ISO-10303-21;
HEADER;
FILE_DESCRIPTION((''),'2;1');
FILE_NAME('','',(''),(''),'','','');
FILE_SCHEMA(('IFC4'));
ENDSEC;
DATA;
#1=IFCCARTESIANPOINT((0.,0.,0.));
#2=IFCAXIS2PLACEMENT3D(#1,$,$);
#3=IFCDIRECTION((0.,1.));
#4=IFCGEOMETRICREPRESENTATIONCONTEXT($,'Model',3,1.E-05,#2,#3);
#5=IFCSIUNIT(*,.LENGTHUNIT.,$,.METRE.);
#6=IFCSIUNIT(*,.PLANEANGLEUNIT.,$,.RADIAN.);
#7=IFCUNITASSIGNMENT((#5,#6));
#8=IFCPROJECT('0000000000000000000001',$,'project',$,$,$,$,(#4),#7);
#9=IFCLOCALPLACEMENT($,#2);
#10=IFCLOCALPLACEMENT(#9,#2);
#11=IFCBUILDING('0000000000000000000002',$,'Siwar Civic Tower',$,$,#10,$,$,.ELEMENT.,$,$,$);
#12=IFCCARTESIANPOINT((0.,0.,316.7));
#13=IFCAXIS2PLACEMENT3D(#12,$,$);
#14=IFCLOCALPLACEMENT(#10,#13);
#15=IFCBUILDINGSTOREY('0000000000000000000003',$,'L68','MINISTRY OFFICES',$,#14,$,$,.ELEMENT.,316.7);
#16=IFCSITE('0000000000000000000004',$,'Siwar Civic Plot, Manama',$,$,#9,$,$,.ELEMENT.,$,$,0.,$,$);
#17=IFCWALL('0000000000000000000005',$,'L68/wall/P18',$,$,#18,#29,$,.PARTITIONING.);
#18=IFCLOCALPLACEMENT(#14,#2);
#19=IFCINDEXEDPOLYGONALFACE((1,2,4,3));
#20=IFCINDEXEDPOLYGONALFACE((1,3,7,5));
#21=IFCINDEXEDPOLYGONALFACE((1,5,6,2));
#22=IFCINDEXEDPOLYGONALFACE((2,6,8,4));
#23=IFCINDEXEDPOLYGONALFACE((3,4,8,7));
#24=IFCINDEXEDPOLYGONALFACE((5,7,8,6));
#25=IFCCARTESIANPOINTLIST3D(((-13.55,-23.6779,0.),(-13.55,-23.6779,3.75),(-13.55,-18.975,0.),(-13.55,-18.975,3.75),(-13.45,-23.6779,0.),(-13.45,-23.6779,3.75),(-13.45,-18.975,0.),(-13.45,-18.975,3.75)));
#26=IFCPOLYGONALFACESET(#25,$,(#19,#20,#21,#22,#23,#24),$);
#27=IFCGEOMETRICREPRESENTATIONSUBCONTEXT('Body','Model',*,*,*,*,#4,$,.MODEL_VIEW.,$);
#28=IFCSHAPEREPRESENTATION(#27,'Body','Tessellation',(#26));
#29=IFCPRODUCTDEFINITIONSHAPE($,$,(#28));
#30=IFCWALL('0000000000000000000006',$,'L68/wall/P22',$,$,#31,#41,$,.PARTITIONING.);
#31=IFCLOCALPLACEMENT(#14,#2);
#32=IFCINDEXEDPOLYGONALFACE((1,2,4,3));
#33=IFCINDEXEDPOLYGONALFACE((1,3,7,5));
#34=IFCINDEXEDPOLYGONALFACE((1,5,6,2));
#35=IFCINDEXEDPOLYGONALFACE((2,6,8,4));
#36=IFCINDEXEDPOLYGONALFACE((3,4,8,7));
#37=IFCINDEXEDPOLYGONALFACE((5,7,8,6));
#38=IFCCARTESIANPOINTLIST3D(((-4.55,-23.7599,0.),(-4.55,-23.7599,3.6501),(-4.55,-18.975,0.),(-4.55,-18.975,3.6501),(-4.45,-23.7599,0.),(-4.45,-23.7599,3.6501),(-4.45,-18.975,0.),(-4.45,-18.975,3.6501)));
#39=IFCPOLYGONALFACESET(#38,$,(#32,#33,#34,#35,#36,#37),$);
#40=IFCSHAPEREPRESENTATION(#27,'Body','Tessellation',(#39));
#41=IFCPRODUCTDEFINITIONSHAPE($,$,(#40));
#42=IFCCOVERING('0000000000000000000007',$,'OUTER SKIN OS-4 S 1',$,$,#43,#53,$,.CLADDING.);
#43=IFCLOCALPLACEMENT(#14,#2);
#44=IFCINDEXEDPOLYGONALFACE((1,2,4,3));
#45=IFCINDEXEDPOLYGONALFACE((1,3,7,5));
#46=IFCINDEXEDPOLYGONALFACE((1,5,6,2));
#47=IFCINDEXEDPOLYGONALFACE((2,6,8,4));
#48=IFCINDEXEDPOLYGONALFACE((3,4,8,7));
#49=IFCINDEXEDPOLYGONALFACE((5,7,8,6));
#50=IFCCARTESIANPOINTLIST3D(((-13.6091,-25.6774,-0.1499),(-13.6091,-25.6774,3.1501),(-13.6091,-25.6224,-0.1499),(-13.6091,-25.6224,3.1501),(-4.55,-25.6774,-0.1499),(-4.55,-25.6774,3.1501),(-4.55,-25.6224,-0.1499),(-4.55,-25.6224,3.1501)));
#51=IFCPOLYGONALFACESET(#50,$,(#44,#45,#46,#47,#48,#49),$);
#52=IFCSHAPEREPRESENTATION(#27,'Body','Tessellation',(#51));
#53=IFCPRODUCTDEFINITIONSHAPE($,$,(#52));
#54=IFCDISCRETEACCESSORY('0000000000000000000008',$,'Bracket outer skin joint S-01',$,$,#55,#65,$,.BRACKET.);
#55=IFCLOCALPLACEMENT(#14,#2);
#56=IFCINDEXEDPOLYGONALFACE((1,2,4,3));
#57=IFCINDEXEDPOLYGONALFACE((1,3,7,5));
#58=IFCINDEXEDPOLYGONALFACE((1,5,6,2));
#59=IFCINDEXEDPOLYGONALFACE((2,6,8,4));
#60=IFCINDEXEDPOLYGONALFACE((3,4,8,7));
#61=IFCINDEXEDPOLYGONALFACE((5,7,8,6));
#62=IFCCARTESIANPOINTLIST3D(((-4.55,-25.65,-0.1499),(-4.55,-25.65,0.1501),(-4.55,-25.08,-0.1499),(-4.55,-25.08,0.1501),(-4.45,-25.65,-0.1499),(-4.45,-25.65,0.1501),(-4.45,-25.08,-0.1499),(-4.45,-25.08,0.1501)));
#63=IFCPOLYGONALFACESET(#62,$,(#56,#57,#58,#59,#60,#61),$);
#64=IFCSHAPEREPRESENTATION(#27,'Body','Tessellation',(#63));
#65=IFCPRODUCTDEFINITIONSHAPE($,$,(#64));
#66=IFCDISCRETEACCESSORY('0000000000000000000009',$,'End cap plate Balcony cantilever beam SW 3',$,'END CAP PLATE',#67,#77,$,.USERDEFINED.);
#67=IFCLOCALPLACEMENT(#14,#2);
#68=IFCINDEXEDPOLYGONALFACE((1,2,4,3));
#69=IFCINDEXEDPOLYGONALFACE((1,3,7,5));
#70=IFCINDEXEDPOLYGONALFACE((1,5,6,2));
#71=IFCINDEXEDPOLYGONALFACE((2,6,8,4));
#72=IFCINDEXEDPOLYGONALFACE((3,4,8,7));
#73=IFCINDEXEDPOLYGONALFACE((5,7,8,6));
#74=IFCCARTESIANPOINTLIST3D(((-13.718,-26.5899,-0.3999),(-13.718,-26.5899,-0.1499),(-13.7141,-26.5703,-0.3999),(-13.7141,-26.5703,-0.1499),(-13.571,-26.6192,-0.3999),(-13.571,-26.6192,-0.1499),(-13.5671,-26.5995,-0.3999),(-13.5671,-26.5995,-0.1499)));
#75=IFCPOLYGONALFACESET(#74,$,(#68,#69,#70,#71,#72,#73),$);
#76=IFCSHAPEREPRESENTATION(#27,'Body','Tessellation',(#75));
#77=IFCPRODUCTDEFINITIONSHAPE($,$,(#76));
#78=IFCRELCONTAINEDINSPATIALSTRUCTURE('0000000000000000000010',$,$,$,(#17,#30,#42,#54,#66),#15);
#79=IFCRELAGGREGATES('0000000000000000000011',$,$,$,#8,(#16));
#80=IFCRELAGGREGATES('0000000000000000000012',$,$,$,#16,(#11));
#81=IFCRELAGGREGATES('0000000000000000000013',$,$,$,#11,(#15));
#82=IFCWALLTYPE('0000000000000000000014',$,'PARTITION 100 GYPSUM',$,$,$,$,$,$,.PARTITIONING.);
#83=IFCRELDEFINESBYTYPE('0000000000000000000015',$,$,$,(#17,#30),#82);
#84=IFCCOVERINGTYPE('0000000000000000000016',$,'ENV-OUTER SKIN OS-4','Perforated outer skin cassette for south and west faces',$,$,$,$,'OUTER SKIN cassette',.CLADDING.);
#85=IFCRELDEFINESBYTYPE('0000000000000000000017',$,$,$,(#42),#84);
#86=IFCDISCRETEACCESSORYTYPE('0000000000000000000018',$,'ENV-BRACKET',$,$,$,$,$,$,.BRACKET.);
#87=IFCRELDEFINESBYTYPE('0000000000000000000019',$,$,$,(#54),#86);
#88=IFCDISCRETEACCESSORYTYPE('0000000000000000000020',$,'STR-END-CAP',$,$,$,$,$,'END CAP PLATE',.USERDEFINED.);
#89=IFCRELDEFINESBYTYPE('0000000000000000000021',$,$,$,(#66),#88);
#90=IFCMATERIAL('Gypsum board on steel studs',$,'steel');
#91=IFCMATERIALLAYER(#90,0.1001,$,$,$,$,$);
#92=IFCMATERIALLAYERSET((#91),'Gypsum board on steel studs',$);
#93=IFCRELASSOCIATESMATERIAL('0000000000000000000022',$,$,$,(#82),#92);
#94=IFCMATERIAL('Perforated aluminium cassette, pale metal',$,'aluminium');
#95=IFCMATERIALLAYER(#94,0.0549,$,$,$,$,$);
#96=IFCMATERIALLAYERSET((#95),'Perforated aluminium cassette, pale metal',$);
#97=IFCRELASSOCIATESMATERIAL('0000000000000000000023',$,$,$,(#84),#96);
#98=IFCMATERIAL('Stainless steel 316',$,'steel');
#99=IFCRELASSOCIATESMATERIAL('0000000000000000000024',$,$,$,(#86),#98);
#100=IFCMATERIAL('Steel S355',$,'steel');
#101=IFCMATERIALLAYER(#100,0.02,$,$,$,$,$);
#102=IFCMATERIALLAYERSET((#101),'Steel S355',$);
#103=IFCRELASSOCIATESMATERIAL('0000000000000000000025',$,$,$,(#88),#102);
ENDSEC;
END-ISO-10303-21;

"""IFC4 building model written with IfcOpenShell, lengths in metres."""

from ifc_helpers import new_model, si_unit, direction, frame, frame_2d, origin, origin_2d, place, context, subcontext, project, spatial, rectangle, extrude, material, layer, layer_set, type_object, element, save


model = new_model("IFC4")

# Units and contexts
model_context = context("Model", 3, precision=1e-05, world=origin(), true_north=direction((0.0, 1.0)))
body_context = subcontext(model_context, "Body", "Model", "MODEL_VIEW")
ifc_project = project(units=[si_unit("LENGTHUNIT", "METRE"), si_unit("PLANEANGLEUNIT", "RADIAN")], contexts=[model_context])

# Site, building, storey
site_placement = place(None, origin())
site = spatial("IfcSite", under=ifc_project, at=site_placement, Name="Siwar Civic Plot, Manama", CompositionType="ELEMENT", RefElevation=0.0)
building_placement = place(site_placement, origin())
building = spatial("IfcBuilding", under=site, at=building_placement, Name="Siwar Civic Tower", CompositionType="ELEMENT")
storey_placement = place(building_placement, frame((0.0, 0.0, 316.7)))
storey = spatial("IfcBuildingStorey", under=building, at=storey_placement, Name="L68", Description="MINISTRY OFFICES", CompositionType="ELEMENT", Elevation=316.7)

# Walls
ifc_material_1 = material(Name="Gypsum board on steel studs", Category="steel")
ifc_layer_1 = layer(ifc_material_1, 0.1001)
ifc_layer_set_1 = layer_set([ifc_layer_1], Name="Gypsum board on steel studs")
wall_type = type_object("IfcWallType", Name="PARTITION 100 GYPSUM", PredefinedType="PARTITIONING", material=ifc_layer_set_1)
wall_1_placement = place(storey_placement, frame((-13.5, -23.678, 0.0), z_axis=(0.0, 0.0, 1.0), x_axis=(0.0, 1.0, 0.0)))
element("IfcWall", 1, at=wall_1_placement, inside=storey, type_object=wall_type, Name="L68/wall/P18", PredefinedType="PARTITIONING", context=body_context, shape_type="SweptSolid", body=[
    extrude(rectangle(XDim=4.7029, YDim=0.1001, at=frame_2d((2.3516, 0.0))), origin(), (0.0, 0.0, 1.0), 3.75),
])
wall_2_placement = place(storey_placement, frame((-4.5, -23.76, 0.0), z_axis=(0.0, 0.0, 1.0), x_axis=(0.0, 1.0, 0.0)))
element("IfcWall", 2, at=wall_2_placement, inside=storey, type_object=wall_type, Name="L68/wall/P22", PredefinedType="PARTITIONING", context=body_context, shape_type="SweptSolid", body=[
    extrude(rectangle(XDim=4.7849, YDim=0.1001, at=frame_2d((2.3926, 0.0))), origin(), (0.0, 0.0, 1.0), 3.6501),
])

# Covering
ifc_material_2 = material(Name="Perforated aluminium cassette, pale metal", Category="aluminium")
ifc_layer_2 = layer(ifc_material_2, 0.0549)
ifc_layer_set_2 = layer_set([ifc_layer_2], Name="Perforated aluminium cassette, pale metal")
covering_type = type_object("IfcCoveringType", Name="ENV-OUTER SKIN OS-4", Description="Perforated outer skin cassette for south and west faces", ElementType="OUTER SKIN cassette", PredefinedType="CLADDING", material=ifc_layer_set_2)
covering_placement = place(storey_placement, frame((-9.0796, -25.6499, -0.1499), z_axis=(0.0, 0.0, 1.0), x_axis=(1.0, 0.0, 0.0)))
element("IfcCovering", 3, at=covering_placement, inside=storey, type_object=covering_type, Name="OUTER SKIN OS-4 S 1", PredefinedType="CLADDING", context=body_context, shape_type="SweptSolid", body=[
    extrude(rectangle(XDim=9.0591, YDim=0.0549, at=origin_2d()), origin(), (0.0, 0.0, 1.0), 3.3),
])

# Discrete accessories
ifc_material_3 = material(Name="Stainless steel 316", Category="steel")
discrete_accessory_type_1 = type_object("IfcDiscreteAccessoryType", Name="ENV-BRACKET", PredefinedType="BRACKET", material=ifc_material_3)
discrete_accessory_1_placement = place(storey_placement, frame((-4.5, -25.365, -0.1499), z_axis=(0.0, 0.0, 1.0), x_axis=(0.0, -1.0, 0.0)))
element("IfcDiscreteAccessory", 4, at=discrete_accessory_1_placement, inside=storey, type_object=discrete_accessory_type_1, Name="Bracket outer skin joint S-01", PredefinedType="BRACKET", context=body_context, shape_type="SweptSolid", body=[
    extrude(rectangle(XDim=0.5701, YDim=0.1001, at=origin_2d()), origin(), (0.0, 0.0, 1.0), 0.3),
])
ifc_material_4 = material(Name="Steel S355", Category="steel")
ifc_layer_3 = layer(ifc_material_4, 0.02)
ifc_layer_set_3 = layer_set([ifc_layer_3], Name="Steel S355")
discrete_accessory_type_2 = type_object("IfcDiscreteAccessoryType", Name="STR-END-CAP", ElementType="END CAP PLATE", PredefinedType="USERDEFINED", material=ifc_layer_set_3)
discrete_accessory_2_placement = place(storey_placement, frame((-13.6426, -26.5947, -0.3999), z_axis=(0.0, 0.0, 1.0), x_axis=(-0.19509, -0.980785, 0.0)))
element("IfcDiscreteAccessory", 5, at=discrete_accessory_2_placement, inside=storey, type_object=discrete_accessory_type_2, Name="End cap plate Balcony cantilever beam SW 3", ObjectType="END CAP PLATE", PredefinedType="USERDEFINED", context=body_context, shape_type="SweptSolid", body=[
    extrude(rectangle(XDim=0.02, YDim=0.1499, at=origin_2d()), origin(), (0.0, 0.0, 1.0), 0.25),
])

save(model, "model.ifc")
